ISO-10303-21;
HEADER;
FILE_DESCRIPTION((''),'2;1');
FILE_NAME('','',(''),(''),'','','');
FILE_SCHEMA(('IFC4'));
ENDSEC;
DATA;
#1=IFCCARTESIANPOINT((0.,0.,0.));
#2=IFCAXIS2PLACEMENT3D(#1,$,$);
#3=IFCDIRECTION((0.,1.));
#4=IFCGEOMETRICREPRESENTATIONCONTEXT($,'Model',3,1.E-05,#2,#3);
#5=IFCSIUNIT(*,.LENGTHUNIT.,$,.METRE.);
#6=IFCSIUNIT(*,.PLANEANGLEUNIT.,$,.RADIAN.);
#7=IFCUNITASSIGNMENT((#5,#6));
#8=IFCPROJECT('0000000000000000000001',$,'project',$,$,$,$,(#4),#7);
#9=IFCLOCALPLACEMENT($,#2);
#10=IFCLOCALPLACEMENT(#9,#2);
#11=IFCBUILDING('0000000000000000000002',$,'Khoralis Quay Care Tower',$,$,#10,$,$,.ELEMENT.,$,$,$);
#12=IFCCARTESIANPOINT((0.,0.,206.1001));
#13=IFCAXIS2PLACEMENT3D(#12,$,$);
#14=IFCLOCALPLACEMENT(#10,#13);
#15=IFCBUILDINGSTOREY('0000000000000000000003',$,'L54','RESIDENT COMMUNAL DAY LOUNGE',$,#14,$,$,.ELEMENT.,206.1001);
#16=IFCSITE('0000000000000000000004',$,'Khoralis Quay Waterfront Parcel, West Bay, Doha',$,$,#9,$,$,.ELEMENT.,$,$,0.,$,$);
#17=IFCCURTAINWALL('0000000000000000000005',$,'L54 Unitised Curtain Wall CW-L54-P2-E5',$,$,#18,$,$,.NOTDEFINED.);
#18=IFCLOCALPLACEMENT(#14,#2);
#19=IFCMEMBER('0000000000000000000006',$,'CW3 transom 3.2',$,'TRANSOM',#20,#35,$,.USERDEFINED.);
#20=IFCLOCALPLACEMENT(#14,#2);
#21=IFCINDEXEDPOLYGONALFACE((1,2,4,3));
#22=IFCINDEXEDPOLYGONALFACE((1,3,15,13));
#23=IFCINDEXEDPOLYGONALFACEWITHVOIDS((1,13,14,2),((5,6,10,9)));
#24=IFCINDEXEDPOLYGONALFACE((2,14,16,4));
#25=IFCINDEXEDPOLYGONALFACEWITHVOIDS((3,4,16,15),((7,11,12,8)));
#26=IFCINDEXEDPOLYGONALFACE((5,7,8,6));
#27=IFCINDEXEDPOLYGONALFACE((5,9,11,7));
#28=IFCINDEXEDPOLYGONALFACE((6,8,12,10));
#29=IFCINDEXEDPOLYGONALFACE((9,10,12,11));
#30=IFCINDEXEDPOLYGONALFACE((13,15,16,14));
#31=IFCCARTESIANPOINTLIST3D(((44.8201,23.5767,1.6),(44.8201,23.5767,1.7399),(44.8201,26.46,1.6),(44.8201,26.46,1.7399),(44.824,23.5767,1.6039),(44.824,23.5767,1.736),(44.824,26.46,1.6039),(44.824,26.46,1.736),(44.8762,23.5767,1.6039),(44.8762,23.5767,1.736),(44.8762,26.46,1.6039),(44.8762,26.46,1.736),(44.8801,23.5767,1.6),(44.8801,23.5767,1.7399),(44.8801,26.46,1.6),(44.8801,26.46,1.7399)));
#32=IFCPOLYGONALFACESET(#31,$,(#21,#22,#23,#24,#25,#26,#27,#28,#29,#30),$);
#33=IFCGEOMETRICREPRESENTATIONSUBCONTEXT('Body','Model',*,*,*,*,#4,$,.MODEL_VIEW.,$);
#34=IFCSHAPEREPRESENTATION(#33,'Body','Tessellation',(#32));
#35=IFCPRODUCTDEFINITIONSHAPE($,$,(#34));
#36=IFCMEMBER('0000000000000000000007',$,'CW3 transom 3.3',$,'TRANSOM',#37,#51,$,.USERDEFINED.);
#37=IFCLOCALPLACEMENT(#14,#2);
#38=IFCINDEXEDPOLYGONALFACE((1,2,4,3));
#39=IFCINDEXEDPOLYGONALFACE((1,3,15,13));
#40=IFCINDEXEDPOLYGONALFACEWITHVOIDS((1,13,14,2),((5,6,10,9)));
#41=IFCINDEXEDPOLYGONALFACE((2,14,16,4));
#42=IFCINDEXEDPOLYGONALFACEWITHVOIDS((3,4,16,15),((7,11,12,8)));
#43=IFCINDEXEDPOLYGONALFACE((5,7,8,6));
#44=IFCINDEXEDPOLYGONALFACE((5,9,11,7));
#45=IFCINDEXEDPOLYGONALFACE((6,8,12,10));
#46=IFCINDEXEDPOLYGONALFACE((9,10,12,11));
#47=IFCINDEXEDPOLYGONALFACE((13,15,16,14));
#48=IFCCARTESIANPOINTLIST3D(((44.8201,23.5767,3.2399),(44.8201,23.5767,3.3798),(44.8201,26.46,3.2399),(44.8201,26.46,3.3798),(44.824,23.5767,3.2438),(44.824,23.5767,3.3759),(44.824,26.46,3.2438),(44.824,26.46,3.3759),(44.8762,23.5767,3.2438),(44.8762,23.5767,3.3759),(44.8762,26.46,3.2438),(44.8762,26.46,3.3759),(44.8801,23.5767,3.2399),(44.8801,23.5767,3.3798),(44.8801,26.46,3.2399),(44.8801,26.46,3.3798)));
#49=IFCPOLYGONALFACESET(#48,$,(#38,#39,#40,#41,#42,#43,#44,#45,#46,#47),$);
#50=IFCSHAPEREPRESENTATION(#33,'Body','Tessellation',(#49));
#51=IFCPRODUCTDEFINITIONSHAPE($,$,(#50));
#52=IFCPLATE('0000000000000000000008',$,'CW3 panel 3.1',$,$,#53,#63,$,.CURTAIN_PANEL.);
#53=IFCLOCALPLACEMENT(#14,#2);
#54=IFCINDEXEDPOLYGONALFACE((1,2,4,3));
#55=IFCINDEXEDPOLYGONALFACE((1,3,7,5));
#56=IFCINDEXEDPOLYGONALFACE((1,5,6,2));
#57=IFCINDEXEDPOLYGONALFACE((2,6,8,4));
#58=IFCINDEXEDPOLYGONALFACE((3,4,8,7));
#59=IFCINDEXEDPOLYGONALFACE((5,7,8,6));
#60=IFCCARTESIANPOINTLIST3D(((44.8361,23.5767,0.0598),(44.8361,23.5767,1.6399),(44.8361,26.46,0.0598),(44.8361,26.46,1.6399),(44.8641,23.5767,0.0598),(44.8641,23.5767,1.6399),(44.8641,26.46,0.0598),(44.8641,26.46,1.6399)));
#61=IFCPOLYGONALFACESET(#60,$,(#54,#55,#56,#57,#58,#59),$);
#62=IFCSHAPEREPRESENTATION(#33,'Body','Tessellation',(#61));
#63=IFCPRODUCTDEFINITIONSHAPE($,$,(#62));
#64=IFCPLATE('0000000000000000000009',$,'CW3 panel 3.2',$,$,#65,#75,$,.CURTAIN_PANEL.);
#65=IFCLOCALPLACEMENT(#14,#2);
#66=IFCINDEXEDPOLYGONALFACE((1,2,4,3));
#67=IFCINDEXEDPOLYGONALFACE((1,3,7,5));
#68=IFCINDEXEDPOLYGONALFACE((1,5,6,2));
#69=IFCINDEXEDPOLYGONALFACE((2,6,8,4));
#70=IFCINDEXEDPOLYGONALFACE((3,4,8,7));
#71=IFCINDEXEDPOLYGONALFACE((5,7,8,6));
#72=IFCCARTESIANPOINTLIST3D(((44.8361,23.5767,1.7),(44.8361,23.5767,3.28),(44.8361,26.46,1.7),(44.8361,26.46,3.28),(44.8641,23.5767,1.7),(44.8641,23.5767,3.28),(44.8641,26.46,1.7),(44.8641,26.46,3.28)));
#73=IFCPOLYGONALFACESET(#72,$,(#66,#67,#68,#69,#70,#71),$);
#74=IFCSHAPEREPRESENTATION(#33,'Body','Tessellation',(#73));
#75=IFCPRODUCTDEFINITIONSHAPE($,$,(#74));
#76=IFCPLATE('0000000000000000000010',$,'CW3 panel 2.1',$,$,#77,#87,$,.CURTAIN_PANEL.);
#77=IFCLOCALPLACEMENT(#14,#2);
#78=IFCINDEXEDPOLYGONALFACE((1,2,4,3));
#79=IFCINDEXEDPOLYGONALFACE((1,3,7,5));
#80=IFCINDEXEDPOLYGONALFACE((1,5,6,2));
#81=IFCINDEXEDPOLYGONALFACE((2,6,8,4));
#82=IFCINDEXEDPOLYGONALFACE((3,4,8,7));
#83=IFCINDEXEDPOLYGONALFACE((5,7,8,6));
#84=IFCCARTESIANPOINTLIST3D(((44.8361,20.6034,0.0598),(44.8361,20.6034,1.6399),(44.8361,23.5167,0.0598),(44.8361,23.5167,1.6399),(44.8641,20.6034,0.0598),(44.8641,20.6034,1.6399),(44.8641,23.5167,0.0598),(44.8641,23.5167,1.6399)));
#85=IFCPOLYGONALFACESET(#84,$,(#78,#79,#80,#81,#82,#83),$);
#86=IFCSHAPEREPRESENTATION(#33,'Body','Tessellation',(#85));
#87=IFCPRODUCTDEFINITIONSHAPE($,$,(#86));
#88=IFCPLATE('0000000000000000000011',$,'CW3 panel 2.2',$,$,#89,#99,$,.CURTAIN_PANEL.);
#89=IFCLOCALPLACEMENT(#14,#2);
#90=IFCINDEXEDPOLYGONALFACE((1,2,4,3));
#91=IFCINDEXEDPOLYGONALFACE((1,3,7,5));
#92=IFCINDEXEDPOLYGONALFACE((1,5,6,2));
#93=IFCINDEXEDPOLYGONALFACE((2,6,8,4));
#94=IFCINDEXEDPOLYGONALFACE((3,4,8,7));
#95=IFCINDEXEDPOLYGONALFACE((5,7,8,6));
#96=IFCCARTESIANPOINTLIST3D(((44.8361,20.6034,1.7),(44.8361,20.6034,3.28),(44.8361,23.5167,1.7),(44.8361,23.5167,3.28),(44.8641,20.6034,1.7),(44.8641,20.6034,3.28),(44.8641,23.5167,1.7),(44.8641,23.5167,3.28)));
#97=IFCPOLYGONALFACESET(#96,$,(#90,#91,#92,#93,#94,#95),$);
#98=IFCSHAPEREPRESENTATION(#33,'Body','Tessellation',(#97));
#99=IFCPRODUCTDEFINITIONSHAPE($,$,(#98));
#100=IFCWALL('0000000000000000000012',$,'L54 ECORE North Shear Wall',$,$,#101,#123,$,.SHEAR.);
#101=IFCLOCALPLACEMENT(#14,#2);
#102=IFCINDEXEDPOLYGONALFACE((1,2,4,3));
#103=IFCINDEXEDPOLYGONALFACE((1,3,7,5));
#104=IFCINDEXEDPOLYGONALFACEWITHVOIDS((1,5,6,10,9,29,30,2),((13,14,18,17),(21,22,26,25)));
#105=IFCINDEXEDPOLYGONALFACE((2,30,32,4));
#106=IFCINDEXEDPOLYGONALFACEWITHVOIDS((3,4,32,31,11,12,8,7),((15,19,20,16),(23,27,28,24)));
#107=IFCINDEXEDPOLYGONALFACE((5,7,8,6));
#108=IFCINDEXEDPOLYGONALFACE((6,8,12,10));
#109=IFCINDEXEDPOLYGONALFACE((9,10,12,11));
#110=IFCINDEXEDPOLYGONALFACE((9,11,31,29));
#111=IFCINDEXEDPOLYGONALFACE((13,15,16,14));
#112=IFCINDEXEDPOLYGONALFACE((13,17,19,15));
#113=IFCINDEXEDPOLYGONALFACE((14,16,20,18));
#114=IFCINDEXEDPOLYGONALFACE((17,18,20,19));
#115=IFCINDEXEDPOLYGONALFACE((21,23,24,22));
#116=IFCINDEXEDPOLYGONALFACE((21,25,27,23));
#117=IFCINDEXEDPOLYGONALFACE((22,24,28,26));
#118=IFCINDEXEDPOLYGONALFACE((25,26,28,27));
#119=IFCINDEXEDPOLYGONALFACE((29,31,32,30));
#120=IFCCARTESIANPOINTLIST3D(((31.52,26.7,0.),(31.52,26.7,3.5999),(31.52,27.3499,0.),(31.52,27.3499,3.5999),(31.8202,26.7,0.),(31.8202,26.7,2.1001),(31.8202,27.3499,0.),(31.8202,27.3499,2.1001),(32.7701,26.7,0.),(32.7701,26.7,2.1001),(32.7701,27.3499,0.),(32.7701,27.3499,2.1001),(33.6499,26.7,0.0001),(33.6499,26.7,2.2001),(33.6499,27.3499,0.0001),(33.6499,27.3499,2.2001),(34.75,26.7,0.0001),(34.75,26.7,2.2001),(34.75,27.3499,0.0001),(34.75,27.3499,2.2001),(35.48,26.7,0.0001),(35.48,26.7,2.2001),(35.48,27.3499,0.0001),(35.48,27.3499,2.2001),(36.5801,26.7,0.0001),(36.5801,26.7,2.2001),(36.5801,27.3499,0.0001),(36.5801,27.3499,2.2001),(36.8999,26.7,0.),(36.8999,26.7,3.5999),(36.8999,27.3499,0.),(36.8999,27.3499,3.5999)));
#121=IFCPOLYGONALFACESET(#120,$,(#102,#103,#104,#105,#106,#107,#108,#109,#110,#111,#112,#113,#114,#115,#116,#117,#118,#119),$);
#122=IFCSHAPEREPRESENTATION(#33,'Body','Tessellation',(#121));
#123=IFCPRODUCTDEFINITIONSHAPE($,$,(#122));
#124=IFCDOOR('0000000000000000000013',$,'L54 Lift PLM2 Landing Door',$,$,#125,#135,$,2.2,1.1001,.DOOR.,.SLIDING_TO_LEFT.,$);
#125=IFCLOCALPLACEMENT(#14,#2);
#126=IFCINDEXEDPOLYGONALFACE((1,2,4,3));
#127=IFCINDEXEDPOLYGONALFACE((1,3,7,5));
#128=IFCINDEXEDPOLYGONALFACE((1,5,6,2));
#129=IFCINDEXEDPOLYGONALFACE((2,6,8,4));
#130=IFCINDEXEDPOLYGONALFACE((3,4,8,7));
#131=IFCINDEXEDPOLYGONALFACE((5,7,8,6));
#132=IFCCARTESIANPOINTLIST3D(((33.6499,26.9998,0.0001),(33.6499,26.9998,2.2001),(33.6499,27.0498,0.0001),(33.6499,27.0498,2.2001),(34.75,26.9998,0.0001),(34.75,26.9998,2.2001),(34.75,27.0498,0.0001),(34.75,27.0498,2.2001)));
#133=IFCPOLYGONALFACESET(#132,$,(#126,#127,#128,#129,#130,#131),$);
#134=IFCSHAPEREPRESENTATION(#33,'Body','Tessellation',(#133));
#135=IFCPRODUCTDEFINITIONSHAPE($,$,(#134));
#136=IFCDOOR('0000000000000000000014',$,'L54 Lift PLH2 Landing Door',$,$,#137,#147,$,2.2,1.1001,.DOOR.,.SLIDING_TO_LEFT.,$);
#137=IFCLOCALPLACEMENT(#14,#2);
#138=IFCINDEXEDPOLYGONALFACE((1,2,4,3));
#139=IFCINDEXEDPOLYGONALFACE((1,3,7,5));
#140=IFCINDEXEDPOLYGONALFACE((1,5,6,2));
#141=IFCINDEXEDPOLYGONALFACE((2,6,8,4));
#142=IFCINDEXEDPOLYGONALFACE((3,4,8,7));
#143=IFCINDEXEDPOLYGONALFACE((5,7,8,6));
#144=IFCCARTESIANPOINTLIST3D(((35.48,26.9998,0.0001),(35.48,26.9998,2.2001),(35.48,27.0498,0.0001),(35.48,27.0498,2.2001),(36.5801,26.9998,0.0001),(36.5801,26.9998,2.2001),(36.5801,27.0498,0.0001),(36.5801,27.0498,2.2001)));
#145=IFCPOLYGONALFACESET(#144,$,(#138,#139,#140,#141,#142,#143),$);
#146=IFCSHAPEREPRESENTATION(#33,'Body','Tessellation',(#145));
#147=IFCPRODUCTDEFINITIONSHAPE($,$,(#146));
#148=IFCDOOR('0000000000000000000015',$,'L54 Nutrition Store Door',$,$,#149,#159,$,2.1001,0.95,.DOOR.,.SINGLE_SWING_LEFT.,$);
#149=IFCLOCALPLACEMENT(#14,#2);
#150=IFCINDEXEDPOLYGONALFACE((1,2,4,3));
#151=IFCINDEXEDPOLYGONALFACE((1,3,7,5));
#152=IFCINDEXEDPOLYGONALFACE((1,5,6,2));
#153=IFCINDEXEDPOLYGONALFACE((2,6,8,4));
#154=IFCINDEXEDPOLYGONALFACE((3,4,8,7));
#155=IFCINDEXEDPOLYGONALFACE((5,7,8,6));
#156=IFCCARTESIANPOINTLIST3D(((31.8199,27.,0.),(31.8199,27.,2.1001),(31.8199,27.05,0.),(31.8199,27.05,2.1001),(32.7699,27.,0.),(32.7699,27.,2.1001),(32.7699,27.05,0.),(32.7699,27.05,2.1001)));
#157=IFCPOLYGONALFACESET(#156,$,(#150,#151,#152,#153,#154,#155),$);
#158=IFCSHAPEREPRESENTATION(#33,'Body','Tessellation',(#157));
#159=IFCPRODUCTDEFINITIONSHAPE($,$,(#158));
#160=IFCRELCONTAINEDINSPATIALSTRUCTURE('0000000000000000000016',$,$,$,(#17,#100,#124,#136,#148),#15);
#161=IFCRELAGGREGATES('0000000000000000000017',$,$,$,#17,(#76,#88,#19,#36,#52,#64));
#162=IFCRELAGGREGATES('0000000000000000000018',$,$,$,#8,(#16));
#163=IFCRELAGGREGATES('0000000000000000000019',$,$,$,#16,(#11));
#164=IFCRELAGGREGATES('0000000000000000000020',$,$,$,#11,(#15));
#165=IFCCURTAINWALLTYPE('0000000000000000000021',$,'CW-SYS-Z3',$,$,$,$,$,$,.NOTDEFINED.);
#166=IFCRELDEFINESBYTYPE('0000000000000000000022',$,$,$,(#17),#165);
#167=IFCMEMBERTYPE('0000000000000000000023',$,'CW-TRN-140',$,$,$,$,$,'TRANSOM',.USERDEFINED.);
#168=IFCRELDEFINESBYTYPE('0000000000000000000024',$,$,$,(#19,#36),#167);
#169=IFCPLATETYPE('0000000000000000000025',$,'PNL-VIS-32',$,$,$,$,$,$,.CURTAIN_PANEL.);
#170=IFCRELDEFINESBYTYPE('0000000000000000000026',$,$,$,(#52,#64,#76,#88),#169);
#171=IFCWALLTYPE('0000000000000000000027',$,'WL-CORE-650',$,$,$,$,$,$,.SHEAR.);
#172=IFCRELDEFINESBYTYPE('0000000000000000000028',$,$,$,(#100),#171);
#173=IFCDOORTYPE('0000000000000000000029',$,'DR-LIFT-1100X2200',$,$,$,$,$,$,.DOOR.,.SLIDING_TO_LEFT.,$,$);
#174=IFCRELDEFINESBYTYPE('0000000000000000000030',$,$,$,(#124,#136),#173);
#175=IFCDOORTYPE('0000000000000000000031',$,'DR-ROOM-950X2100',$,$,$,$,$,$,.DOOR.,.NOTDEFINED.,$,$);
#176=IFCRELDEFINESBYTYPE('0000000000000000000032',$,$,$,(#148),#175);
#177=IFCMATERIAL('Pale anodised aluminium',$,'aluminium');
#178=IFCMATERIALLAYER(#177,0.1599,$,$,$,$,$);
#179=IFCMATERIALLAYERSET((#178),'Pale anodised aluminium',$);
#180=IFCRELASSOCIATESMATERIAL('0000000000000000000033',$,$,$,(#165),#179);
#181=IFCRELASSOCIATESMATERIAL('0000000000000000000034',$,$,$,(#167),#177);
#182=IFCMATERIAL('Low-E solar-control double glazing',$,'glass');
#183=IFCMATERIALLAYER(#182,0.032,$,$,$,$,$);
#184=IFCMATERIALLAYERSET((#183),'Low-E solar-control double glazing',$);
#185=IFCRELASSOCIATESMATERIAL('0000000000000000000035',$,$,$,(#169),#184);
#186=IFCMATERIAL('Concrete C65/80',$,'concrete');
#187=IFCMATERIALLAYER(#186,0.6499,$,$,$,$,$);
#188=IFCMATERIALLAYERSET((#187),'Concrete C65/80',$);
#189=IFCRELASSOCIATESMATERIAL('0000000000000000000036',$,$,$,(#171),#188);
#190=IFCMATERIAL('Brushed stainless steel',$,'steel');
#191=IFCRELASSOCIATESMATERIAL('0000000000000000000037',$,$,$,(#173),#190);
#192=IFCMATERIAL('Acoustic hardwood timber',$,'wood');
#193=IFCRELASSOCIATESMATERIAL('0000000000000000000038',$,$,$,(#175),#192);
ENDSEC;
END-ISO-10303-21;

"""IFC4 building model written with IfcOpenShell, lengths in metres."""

from ifc_helpers import new_model, si_unit, direction, frame, frame_2d, origin, origin_2d, place, context, subcontext, project, spatial, rectangle, hollow_rectangle, extrude, source, transform, mapped, material, layer, layer_set, material_profile, profile_set, type_object, element, fill, aggregate, save


model = new_model("IFC4")

# Units and contexts
model_context = context("Model", 3, precision=1e-05, world=origin(), true_north=direction((0.0, 1.0)))
body_context = subcontext(model_context, "Body", "Model", "MODEL_VIEW")
ifc_project = project(units=[si_unit("LENGTHUNIT", "METRE"), si_unit("PLANEANGLEUNIT", "RADIAN")], contexts=[model_context])

# Site, building, storey
site_placement = place(None, origin())
site = spatial("IfcSite", under=ifc_project, at=site_placement, Name="Khoralis Quay Waterfront Parcel, West Bay, Doha", CompositionType="ELEMENT", RefElevation=0.0)
building_placement = place(site_placement, origin())
building = spatial("IfcBuilding", under=site, at=building_placement, Name="Khoralis Quay Care Tower", CompositionType="ELEMENT")
storey_placement = place(building_placement, frame((0.0, 0.0, 206.1001)))
storey = spatial("IfcBuildingStorey", under=building, at=storey_placement, Name="L54", Description="RESIDENT COMMUNAL DAY LOUNGE", CompositionType="ELEMENT", Elevation=206.1001)

# Shared definitions
ifc_material_1 = material(Name="Concrete C65/80", Category="concrete")

# Curtain wall, members, plates
ifc_material_2 = material(Name="Pale anodised aluminium", Category="aluminium")
ifc_layer_1 = layer(ifc_material_2, 0.1599)
ifc_layer_set_1 = layer_set([ifc_layer_1], Name="Pale anodised aluminium")
curtain_wall_type = type_object("IfcCurtainWallType", Name="CW-SYS-Z3", PredefinedType="NOTDEFINED", material=ifc_layer_set_1)
curtain_wall_placement = place(storey_placement, origin())
curtain_wall = element("IfcCurtainWall", 1, at=curtain_wall_placement, inside=storey, type_object=curtain_wall_type, Name="L54 Unitised Curtain Wall CW-L54-P2-E5", PredefinedType="NOTDEFINED")
ifc_material_profile_1 = material_profile(ifc_material_2, hollow_rectangle(XDim=0.0601, YDim=0.1399, WallThickness=0.0039, at=origin_2d()), Name="Pale anodised aluminium")
ifc_profile_set_1 = profile_set([ifc_material_profile_1], Name="Pale anodised aluminium")
member_type_1 = type_object("IfcMemberType", Name="CW-TRN-140", ElementType="TRANSOM", PredefinedType="USERDEFINED", material=ifc_profile_set_1)
shared_shape_1 = source(origin(), body_context, "Body", "SweptSolid", [
    extrude(hollow_rectangle(XDim=0.0601, YDim=0.1399, WallThickness=0.0039, at=origin_2d()), origin(), (0.0, 0.0, 1.0), 2.8833),
])
member_1_placement = place(storey_placement, frame((44.8501, 23.5767, 1.6699), z_axis=(0.0, 1.0, 0.0), x_axis=(-1.0, 0.0, 0.0)))
member_1 = element("IfcMember", 2, at=member_1_placement, type_object=member_type_1, Name="CW3 transom 3.2", ObjectType="TRANSOM", PredefinedType="USERDEFINED", context=body_context, shape_type="MappedRepresentation", body=[
    mapped(shared_shape_1, transform((0.0, 0.0, 0.0), scale=1.0)),
])
member_2_placement = place(storey_placement, frame((44.8501, 23.5767, 3.3098), z_axis=(0.0, 1.0, 0.0), x_axis=(-1.0, 0.0, 0.0)))
member_2 = element("IfcMember", 3, at=member_2_placement, type_object=member_type_1, Name="CW3 transom 3.3", ObjectType="TRANSOM", PredefinedType="USERDEFINED", context=body_context, shape_type="MappedRepresentation", body=[
    mapped(shared_shape_1, transform((0.0, 0.0, 0.0), scale=1.0)),
])
ifc_material_3 = material(Name="Low-E solar-control double glazing", Category="glass")
ifc_layer_2 = layer(ifc_material_3, 0.032)
ifc_layer_set_2 = layer_set([ifc_layer_2], Name="Low-E solar-control double glazing")
plate_type = type_object("IfcPlateType", Name="PNL-VIS-32", PredefinedType="CURTAIN_PANEL", material=ifc_layer_set_2)
shared_shape_2 = source(origin(), body_context, "Body", "SweptSolid", [
    extrude(rectangle(XDim=2.8833, YDim=0.0281, at=origin_2d()), origin(), (0.0, 0.0, 1.0), 1.5801),
])
plate_1_placement = place(storey_placement, frame((44.8501, 25.0183, 0.0598), z_axis=(0.0, 0.0, 1.0), x_axis=(0.0, 1.0, 0.0)))
plate_1 = element("IfcPlate", 4, at=plate_1_placement, type_object=plate_type, Name="CW3 panel 3.1", PredefinedType="CURTAIN_PANEL", context=body_context, shape_type="MappedRepresentation", body=[
    mapped(shared_shape_2, transform((0.0, 0.0, 0.0), scale=1.0)),
])
plate_2_placement = place(storey_placement, frame((44.8501, 25.0183, 1.7), z_axis=(0.0, 0.0, 1.0), x_axis=(0.0, 1.0, 0.0)))
plate_2 = element("IfcPlate", 5, at=plate_2_placement, type_object=plate_type, Name="CW3 panel 3.2", PredefinedType="CURTAIN_PANEL", context=body_context, shape_type="MappedRepresentation", body=[
    mapped(shared_shape_2, transform((0.0, 0.0, 0.0), scale=1.0)),
])
shared_shape_3 = source(origin(), body_context, "Body", "SweptSolid", [
    extrude(rectangle(XDim=2.9133, YDim=0.0281, at=origin_2d()), origin(), (0.0, 0.0, 1.0), 1.5801),
])
plate_3_placement = place(storey_placement, frame((44.8501, 22.0601, 0.0598), z_axis=(0.0, 0.0, 1.0), x_axis=(0.0, 1.0, 0.0)))
plate_3 = element("IfcPlate", 6, at=plate_3_placement, type_object=plate_type, Name="CW3 panel 2.1", PredefinedType="CURTAIN_PANEL", context=body_context, shape_type="MappedRepresentation", body=[
    mapped(shared_shape_3, transform((0.0, 0.0, 0.0), scale=1.0)),
])
plate_4_placement = place(storey_placement, frame((44.8501, 22.0601, 1.7), z_axis=(0.0, 0.0, 1.0), x_axis=(0.0, 1.0, 0.0)))
plate_4 = element("IfcPlate", 7, at=plate_4_placement, type_object=plate_type, Name="CW3 panel 2.2", PredefinedType="CURTAIN_PANEL", context=body_context, shape_type="MappedRepresentation", body=[
    mapped(shared_shape_3, transform((0.0, 0.0, 0.0), scale=1.0)),
])
aggregate(curtain_wall, [plate_3, plate_4, member_1, member_2, plate_1, plate_2])

# Wall, openings, doors
ifc_layer_3 = layer(ifc_material_1, 0.6499)
ifc_layer_set_3 = layer_set([ifc_layer_3], Name="Concrete C65/80")
wall_type_1 = type_object("IfcWallType", Name="WL-CORE-650", PredefinedType="SHEAR", material=ifc_layer_set_3)
wall_1_placement = place(storey_placement, frame((31.52, 27.0249, 0.0), z_axis=(0.0, 0.0, 1.0), x_axis=(1.0, 0.0, 0.0)))
wall_1 = element("IfcWall", 8, at=wall_1_placement, inside=storey, type_object=wall_type_1, Name="L54 ECORE North Shear Wall", PredefinedType="SHEAR", context=body_context, shape_type="SweptSolid", body=[
    extrude(rectangle(XDim=5.3799, YDim=0.6499, at=frame_2d((2.6899, 0.0))), origin(), (0.0, 0.0, 1.0), 3.5999),
])
opening_1_placement = place(wall_1_placement, frame((0.3, 0.0, 0.0)))
opening_1 = element("IfcOpeningElement", 9, at=opening_1_placement, cuts=wall_1, PredefinedType="OPENING", context=body_context, shape_type="SweptSolid", body=[
    extrude(rectangle(XDim=0.95, YDim=2.1001, at=frame_2d((0.4751, 1.05))), frame((0.0, 0.335, 0.0), z_axis=(0.0, -1.0, 0.0), x_axis=(1.0, 0.0, 0.0)), (0.0, 0.0, 1.0), 0.6699),
])
opening_2_placement = place(wall_1_placement, frame((2.1299, 0.0, 0.0)))
opening_2 = element("IfcOpeningElement", 10, at=opening_2_placement, cuts=wall_1, PredefinedType="OPENING", context=body_context, shape_type="SweptSolid", body=[
    extrude(rectangle(XDim=1.1001, YDim=2.2, at=frame_2d((0.55, 1.1001))), frame((0.0, 0.335, 0.0), z_axis=(0.0, -1.0, 0.0), x_axis=(1.0, 0.0, 0.0)), (0.0, 0.0, 1.0), 0.6699),
])
opening_3_placement = place(wall_1_placement, frame((3.96, 0.0, 0.0)))
opening_3 = element("IfcOpeningElement", 11, at=opening_3_placement, cuts=wall_1, PredefinedType="OPENING", context=body_context, shape_type="SweptSolid", body=[
    extrude(rectangle(XDim=1.1001, YDim=2.2, at=frame_2d((0.55, 1.1001))), frame((0.0, 0.335, 0.0), z_axis=(0.0, -1.0, 0.0), x_axis=(1.0, 0.0, 0.0)), (0.0, 0.0, 1.0), 0.6699),
])
ifc_material_4 = material(Name="Brushed stainless steel", Category="steel")
door_type_1 = type_object("IfcDoorType", Name="DR-LIFT-1100X2200", OperationType="SLIDING_TO_LEFT", PredefinedType="DOOR", material=ifc_material_4)
shared_shape_4 = source(origin(), body_context, "Body", "SweptSolid", [
    extrude(rectangle(XDim=1.1001, YDim=2.2, at=frame_2d((0.55, 1.1001))), frame((0.0, 0.0249, 0.0), z_axis=(0.0, -1.0, 0.0), x_axis=(1.0, 0.0, 0.0)), (0.0, 0.0, 1.0), 0.05),
])
door_1_placement = place(opening_2_placement, origin())
door_1 = element("IfcDoor", 12, at=door_1_placement, inside=storey, type_object=door_type_1, Name="L54 Lift PLM2 Landing Door", OperationType="SLIDING_TO_LEFT", OverallHeight=2.2, OverallWidth=1.1001, PredefinedType="DOOR", context=body_context, shape_type="MappedRepresentation", body=[
    mapped(shared_shape_4, transform((0.0, 0.0, 0.0), scale=1.0)),
])
fill(opening_2, door_1)
door_2_placement = place(opening_3_placement, origin())
door_2 = element("IfcDoor", 13, at=door_2_placement, inside=storey, type_object=door_type_1, Name="L54 Lift PLH2 Landing Door", OperationType="SLIDING_TO_LEFT", OverallHeight=2.2, OverallWidth=1.1001, PredefinedType="DOOR", context=body_context, shape_type="MappedRepresentation", body=[
    mapped(shared_shape_4, transform((0.0, 0.0, 0.0), scale=1.0)),
])
fill(opening_3, door_2)
ifc_material_5 = material(Name="Acoustic hardwood timber", Category="wood")
door_type_2 = type_object("IfcDoorType", Name="DR-ROOM-950X2100", OperationType="NOTDEFINED", PredefinedType="DOOR", material=ifc_material_5)
shared_shape_5 = source(origin(), body_context, "Body", "SweptSolid", [
    extrude(rectangle(XDim=0.95, YDim=2.1001, at=frame_2d((0.4751, 1.05))), frame((0.0, 0.0249, 0.0), z_axis=(0.0, -1.0, 0.0), x_axis=(1.0, 0.0, 0.0)), (0.0, 0.0, 1.0), 0.05),
])
door_3_placement = place(opening_1_placement, frame((0.95, 0.0, 0.0), z_axis=(0.0, 0.0, 1.0), x_axis=(-1.0, 0.0, 0.0)))
door_3 = element("IfcDoor", 14, at=door_3_placement, inside=storey, type_object=door_type_2, Name="L54 Nutrition Store Door", OperationType="SINGLE_SWING_LEFT", OverallHeight=2.1001, OverallWidth=0.95, PredefinedType="DOOR", context=body_context, shape_type="MappedRepresentation", body=[
    mapped(shared_shape_5, transform((0.0, 0.0, 0.0), scale=1.0)),
])
fill(opening_1, door_3)

save(model, "model.ifc")
